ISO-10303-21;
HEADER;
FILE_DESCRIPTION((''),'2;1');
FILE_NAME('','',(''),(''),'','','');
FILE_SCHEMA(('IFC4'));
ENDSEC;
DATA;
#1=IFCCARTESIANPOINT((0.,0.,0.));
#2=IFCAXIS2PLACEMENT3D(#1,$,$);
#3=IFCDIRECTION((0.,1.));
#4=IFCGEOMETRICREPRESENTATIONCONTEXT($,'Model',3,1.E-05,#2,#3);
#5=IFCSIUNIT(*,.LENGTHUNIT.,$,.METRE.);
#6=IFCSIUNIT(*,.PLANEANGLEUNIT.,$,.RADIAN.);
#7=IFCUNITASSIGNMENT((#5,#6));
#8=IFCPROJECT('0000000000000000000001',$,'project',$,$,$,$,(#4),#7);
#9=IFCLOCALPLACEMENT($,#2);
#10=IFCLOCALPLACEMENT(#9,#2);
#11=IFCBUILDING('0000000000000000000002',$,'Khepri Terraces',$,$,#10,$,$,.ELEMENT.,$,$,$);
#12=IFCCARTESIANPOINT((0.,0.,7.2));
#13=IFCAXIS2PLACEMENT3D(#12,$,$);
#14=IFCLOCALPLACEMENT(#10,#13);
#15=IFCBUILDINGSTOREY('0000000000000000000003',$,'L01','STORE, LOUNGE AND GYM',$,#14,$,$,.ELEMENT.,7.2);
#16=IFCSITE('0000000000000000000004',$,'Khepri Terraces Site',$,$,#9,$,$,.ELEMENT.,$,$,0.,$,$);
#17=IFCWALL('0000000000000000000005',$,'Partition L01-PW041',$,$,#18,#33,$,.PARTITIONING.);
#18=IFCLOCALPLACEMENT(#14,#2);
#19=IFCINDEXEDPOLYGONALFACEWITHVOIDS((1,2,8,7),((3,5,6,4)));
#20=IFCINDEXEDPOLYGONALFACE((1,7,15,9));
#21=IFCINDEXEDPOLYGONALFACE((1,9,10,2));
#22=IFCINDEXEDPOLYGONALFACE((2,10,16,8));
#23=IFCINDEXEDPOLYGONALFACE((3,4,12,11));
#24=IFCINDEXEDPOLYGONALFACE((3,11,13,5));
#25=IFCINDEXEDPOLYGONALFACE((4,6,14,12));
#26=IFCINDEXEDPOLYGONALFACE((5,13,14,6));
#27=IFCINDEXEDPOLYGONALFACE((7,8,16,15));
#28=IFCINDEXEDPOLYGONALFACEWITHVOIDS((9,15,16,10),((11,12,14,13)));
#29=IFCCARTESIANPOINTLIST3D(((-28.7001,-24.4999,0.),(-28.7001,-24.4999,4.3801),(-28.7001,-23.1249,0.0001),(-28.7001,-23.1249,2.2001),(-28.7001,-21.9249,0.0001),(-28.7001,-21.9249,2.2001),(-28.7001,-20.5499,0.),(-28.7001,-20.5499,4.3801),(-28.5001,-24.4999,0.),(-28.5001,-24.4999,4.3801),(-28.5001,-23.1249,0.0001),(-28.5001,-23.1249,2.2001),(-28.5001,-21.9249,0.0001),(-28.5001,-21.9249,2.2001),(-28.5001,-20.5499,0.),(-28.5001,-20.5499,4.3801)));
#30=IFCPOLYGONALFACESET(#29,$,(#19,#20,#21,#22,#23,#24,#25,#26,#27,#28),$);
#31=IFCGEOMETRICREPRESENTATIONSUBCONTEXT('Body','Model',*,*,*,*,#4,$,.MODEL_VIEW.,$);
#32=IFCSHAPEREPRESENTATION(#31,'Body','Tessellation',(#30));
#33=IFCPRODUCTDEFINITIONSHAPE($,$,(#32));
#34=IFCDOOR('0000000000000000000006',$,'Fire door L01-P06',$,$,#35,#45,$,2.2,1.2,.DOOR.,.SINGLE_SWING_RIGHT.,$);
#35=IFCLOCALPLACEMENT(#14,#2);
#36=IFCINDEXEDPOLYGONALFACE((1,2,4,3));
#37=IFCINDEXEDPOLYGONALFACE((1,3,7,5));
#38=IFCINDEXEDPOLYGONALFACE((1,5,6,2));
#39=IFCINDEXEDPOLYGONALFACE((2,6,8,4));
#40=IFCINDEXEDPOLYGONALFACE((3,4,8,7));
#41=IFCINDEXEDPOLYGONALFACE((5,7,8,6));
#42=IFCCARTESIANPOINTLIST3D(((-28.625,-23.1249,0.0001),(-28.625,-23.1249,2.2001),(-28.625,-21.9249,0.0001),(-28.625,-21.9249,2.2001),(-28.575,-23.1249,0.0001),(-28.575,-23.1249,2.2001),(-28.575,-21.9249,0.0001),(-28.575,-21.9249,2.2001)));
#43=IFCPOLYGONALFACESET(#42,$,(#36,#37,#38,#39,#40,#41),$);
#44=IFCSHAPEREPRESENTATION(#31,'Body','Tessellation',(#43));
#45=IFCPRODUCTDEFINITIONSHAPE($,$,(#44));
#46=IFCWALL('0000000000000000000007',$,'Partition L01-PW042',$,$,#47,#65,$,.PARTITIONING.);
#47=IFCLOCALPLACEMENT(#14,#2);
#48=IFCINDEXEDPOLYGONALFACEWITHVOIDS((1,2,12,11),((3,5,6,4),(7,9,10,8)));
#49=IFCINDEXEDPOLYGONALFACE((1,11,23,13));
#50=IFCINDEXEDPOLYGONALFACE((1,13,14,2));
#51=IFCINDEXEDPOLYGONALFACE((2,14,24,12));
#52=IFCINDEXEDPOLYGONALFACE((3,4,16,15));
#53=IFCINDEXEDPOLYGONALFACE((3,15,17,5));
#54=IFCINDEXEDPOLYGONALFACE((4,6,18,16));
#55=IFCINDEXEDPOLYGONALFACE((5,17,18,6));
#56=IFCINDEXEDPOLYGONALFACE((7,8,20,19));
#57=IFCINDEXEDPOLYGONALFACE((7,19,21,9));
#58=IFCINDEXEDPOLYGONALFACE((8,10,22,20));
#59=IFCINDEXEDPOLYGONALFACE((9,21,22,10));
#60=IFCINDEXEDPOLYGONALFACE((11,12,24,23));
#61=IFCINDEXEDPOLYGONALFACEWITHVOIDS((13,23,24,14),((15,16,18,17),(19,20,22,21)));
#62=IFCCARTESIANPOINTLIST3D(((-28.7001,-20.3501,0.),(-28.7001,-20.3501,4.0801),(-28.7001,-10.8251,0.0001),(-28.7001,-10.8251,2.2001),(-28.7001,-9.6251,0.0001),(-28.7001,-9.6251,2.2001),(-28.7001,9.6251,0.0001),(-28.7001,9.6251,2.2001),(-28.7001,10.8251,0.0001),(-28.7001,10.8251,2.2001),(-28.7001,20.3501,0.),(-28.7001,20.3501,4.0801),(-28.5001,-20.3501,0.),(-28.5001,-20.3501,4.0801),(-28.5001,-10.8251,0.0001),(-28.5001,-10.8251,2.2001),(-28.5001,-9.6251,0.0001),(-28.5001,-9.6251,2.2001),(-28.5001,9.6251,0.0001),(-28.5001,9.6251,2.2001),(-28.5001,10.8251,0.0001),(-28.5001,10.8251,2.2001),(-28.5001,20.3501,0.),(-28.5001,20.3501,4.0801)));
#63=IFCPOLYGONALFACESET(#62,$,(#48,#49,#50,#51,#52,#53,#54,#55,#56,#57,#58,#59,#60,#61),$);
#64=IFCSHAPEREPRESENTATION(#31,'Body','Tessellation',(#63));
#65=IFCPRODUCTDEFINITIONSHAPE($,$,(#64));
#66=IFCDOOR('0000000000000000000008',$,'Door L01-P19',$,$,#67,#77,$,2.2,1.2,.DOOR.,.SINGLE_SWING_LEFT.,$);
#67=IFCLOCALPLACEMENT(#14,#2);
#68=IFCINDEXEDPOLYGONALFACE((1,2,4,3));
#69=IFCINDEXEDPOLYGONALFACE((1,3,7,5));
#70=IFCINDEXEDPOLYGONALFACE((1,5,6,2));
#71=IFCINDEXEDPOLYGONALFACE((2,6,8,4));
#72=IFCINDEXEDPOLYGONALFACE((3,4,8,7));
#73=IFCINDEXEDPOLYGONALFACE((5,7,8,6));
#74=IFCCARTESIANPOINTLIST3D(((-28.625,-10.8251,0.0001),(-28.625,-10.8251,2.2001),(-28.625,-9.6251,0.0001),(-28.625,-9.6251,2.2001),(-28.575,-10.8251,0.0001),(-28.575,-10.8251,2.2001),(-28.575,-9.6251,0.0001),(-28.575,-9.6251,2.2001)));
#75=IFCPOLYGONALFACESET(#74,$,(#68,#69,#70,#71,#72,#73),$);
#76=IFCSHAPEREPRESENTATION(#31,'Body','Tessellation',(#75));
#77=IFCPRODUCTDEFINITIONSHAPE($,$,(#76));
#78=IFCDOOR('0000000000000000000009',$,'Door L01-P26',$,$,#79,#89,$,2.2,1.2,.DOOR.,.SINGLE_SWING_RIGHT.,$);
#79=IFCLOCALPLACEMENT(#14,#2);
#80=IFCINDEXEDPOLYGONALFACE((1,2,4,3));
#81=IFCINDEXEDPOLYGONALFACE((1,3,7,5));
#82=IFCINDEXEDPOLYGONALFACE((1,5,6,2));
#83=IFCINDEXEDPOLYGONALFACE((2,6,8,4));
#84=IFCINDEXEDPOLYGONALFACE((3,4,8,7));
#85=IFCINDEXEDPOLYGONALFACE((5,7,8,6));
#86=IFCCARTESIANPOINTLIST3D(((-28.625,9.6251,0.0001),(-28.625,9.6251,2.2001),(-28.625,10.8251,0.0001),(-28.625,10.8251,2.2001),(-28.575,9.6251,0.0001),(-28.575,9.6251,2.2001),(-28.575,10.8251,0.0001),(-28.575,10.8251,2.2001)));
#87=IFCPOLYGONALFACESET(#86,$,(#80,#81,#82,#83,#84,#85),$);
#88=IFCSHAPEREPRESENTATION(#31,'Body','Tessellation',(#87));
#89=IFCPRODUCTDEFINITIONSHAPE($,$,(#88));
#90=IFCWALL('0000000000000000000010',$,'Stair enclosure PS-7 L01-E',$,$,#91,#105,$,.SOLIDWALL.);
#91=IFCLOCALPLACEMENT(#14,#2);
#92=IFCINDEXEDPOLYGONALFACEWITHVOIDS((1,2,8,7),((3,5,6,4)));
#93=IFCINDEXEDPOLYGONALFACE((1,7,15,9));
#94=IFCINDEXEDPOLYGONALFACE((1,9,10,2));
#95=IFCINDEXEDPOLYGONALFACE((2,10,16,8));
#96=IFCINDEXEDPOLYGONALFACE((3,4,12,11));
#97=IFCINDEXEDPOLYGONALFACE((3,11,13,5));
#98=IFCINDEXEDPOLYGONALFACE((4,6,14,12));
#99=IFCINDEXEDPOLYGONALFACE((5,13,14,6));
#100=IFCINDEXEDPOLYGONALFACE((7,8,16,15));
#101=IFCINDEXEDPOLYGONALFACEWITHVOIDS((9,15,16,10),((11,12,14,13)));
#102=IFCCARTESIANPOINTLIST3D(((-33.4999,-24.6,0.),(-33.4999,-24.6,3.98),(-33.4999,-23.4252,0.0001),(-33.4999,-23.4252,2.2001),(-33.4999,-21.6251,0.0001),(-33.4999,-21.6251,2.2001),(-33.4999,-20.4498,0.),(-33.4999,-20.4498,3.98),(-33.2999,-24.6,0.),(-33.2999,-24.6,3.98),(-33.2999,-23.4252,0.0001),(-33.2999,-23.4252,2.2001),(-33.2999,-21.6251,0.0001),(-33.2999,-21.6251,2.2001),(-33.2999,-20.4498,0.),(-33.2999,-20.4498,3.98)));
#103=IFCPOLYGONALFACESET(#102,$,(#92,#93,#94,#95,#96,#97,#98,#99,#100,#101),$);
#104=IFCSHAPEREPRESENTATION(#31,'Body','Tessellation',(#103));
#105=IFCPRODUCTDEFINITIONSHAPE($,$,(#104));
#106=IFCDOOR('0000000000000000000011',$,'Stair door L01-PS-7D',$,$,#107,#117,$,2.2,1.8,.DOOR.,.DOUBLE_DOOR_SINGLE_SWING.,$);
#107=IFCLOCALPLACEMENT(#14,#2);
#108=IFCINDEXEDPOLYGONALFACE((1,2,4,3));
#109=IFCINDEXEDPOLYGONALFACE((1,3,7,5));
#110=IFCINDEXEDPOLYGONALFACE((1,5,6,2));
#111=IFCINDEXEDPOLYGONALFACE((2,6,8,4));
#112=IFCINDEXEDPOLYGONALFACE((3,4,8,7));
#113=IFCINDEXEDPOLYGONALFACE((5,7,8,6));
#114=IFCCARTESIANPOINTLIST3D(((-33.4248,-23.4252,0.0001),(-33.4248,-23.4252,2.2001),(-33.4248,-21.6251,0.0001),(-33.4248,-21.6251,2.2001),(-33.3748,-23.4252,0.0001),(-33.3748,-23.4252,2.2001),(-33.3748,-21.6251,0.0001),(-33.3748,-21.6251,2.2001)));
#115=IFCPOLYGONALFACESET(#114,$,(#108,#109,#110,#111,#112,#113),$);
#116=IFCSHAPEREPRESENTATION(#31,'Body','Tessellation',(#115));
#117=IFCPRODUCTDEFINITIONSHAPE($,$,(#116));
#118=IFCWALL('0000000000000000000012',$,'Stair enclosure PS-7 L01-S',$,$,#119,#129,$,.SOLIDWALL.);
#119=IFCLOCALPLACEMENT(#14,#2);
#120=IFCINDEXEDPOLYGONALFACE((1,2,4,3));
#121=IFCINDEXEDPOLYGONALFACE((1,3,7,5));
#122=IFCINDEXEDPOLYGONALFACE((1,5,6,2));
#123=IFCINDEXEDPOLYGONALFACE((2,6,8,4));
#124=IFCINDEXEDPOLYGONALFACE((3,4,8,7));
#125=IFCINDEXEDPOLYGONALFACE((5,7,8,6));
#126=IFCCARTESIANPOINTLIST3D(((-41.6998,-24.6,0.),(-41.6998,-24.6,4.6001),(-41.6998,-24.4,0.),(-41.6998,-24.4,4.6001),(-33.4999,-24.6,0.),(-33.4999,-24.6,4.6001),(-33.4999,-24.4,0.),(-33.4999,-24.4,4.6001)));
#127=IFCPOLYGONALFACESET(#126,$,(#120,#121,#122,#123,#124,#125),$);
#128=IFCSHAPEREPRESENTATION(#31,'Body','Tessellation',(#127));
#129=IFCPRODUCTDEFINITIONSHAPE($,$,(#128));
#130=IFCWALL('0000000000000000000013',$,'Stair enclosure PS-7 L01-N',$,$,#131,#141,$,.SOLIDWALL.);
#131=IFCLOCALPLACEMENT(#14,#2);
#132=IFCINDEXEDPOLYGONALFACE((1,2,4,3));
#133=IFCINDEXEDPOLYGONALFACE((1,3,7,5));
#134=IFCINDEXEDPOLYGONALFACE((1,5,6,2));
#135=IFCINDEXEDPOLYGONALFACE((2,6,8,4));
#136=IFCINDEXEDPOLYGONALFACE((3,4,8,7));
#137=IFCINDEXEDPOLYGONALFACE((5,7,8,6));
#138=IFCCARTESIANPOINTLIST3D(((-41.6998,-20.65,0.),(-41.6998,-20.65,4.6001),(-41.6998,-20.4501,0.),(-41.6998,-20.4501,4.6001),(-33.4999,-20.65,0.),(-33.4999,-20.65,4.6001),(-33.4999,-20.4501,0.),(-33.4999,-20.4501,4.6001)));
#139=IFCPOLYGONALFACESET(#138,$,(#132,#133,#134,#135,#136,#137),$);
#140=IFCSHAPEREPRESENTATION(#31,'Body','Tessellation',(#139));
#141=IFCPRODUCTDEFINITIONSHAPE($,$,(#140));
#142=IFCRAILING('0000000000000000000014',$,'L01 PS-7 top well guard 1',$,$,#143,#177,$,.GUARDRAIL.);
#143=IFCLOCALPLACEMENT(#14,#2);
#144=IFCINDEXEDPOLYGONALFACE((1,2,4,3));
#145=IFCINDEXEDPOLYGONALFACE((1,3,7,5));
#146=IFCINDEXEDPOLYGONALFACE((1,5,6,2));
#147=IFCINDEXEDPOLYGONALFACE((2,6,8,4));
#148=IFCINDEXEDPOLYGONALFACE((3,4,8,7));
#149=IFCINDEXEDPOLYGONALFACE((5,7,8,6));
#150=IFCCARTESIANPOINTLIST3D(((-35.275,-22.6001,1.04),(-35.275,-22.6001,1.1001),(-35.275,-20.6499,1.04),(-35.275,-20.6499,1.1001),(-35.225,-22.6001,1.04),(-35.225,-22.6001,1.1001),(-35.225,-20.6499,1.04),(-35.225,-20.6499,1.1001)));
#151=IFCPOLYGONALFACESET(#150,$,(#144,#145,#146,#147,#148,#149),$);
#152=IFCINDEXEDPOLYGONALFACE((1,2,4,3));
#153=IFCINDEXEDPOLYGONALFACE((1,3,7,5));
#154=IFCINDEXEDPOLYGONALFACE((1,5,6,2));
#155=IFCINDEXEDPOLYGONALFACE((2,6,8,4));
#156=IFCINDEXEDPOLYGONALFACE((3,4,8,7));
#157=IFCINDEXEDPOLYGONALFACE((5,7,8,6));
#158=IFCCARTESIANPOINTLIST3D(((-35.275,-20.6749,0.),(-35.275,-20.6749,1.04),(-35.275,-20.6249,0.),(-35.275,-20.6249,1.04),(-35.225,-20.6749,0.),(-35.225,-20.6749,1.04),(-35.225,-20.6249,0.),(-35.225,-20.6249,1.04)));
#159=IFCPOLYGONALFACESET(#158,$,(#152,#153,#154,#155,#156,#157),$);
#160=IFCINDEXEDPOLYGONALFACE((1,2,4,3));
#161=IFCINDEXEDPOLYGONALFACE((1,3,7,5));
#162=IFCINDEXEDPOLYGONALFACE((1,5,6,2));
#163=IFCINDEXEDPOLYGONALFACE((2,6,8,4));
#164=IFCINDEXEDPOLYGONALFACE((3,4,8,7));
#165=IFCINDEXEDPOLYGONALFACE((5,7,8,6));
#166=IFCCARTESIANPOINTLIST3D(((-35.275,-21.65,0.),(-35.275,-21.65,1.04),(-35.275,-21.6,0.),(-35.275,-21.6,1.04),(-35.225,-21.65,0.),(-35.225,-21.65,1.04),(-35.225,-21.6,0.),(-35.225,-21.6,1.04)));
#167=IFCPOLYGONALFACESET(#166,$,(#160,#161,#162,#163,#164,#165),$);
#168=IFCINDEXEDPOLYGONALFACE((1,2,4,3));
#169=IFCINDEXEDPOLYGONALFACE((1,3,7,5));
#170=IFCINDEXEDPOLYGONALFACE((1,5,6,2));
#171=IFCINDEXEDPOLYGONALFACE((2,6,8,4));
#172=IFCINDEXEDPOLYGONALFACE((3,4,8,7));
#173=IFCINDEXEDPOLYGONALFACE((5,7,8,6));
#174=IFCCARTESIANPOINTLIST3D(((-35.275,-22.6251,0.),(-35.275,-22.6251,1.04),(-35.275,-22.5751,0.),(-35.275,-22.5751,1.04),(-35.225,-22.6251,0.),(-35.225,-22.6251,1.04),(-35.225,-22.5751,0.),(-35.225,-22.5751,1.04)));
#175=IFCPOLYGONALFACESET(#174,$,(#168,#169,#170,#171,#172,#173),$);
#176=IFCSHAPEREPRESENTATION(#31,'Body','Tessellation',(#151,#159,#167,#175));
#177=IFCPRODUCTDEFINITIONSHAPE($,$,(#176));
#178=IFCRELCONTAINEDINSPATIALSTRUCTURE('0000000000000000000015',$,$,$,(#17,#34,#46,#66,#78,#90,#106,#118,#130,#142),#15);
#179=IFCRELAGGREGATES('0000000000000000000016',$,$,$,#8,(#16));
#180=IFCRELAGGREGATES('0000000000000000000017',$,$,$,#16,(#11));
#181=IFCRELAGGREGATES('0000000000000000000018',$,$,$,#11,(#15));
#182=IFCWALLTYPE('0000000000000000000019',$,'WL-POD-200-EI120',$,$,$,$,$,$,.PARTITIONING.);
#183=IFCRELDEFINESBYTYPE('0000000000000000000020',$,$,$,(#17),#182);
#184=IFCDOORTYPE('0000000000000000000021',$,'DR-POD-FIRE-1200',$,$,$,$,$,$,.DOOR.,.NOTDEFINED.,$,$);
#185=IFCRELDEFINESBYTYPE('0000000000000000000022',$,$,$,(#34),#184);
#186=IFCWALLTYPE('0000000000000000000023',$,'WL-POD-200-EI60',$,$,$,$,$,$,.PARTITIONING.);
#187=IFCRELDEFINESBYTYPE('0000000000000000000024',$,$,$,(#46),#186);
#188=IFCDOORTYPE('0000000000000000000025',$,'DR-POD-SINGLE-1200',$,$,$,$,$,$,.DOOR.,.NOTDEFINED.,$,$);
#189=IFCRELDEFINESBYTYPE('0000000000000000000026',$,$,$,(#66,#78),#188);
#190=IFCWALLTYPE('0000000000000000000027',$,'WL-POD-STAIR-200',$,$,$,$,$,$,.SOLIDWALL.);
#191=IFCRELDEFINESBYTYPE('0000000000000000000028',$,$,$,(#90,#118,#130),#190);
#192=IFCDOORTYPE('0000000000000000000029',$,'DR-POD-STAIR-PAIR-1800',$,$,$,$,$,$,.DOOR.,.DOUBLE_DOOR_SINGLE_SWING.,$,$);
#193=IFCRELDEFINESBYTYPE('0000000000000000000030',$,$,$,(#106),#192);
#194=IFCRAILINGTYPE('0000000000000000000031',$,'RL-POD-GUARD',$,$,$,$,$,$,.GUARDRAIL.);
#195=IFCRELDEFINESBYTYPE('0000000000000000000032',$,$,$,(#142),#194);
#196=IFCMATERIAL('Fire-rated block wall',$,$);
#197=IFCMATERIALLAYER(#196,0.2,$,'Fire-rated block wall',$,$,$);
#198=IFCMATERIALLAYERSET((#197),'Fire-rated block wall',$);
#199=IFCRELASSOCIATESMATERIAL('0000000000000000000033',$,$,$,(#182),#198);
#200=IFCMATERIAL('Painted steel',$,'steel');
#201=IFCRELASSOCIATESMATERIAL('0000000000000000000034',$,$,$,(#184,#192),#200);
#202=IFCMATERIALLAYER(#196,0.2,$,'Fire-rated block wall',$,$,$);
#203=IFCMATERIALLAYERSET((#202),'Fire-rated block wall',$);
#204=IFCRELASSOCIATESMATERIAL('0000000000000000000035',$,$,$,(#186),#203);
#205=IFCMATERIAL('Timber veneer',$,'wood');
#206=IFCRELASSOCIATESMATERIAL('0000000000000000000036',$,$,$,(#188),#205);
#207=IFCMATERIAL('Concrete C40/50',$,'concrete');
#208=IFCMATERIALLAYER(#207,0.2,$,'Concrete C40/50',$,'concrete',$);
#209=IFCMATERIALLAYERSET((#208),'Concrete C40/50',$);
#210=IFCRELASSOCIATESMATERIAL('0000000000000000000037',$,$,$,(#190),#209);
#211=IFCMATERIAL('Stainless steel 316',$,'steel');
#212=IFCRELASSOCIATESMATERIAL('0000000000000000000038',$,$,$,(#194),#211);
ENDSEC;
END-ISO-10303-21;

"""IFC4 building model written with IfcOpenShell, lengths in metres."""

from ifc_helpers import new_model, si_unit, direction, frame, frame_2d, origin, origin_2d, place, context, subcontext, project, spatial, rectangle, extrude, material, layer, layer_set, type_object, element, fill, save


model = new_model("IFC4")

# Units and contexts
model_context = context("Model", 3, precision=1e-05, world=origin(), true_north=direction((0.0, 1.0)))
body_context = subcontext(model_context, "Body", "Model", "MODEL_VIEW")
ifc_project = project(units=[si_unit("LENGTHUNIT", "METRE"), si_unit("PLANEANGLEUNIT", "RADIAN")], contexts=[model_context])

# Site, building, storey
site_placement = place(None, origin())
site = spatial("IfcSite", under=ifc_project, at=site_placement, Name="Khepri Terraces Site", CompositionType="ELEMENT", RefElevation=0.0)
building_placement = place(site_placement, origin())
building = spatial("IfcBuilding", under=site, at=building_placement, Name="Khepri Terraces", CompositionType="ELEMENT")
storey_placement = place(building_placement, frame((0.0, 0.0, 7.2)))
storey = spatial("IfcBuildingStorey", under=building, at=storey_placement, Name="L01", Description="STORE, LOUNGE AND GYM", CompositionType="ELEMENT", Elevation=7.2)

# Shared definitions
ifc_material_1 = material(Name="Fire-rated block wall")
ifc_layer_1 = layer(ifc_material_1, 0.2, Name="Fire-rated block wall")
ifc_layer_set_1 = layer_set([ifc_layer_1], Name="Fire-rated block wall")
wall_type_1 = type_object("IfcWallType", Name="WL-POD-200-EI120", PredefinedType="PARTITIONING", material=ifc_layer_set_1)

# Wall, opening, door
wall_1_placement = place(storey_placement, frame((-28.6001, -24.5, 0.0), z_axis=(0.0, 0.0, 1.0), x_axis=(0.0, 1.0, 0.0)))
wall_1 = element("IfcWall", 1, at=wall_1_placement, inside=storey, type_object=wall_type_1, Name="Partition L01-PW041", PredefinedType="PARTITIONING", context=body_context, shape_type="SweptSolid", body=[
    extrude(rectangle(XDim=3.95, YDim=0.2, at=frame_2d((1.9751, 0.0))), origin(), (0.0, 0.0, 1.0), 4.3801),
])
opening_1_placement = place(wall_1_placement, frame((1.375, 0.0, 0.0)))
opening_1 = element("IfcOpeningElement", 2, at=opening_1_placement, cuts=wall_1, PredefinedType="OPENING", context=body_context, shape_type="SweptSolid", body=[
    extrude(rectangle(XDim=1.2, YDim=2.2, at=frame_2d((0.6001, 1.1001))), frame((0.0, 0.1099, 0.0), z_axis=(0.0, -1.0, 0.0), x_axis=(1.0, 0.0, 0.0)), (0.0, 0.0, 1.0), 0.22),
])
ifc_material_2 = material(Name="Painted steel", Category="steel")
door_type_1 = type_object("IfcDoorType", Name="DR-POD-FIRE-1200", OperationType="NOTDEFINED", PredefinedType="DOOR", material=ifc_material_2)
door_1_placement = place(opening_1_placement, origin())
door_1 = element("IfcDoor", 3, at=door_1_placement, inside=storey, type_object=door_type_1, Name="Fire door L01-P06", OperationType="SINGLE_SWING_RIGHT", OverallHeight=2.2, OverallWidth=1.2, PredefinedType="DOOR", context=body_context, shape_type="SweptSolid", body=[
    extrude(rectangle(XDim=1.2, YDim=2.2, at=frame_2d((0.6001, 1.1001))), frame((0.0, 0.0249, 0.0), z_axis=(0.0, -1.0, 0.0), x_axis=(1.0, 0.0, 0.0)), (0.0, 0.0, 1.0), 0.05),
])
fill(opening_1, door_1)

# Wall, openings, doors
ifc_layer_2 = layer(ifc_material_1, 0.2, Name="Fire-rated block wall")
ifc_layer_set_2 = layer_set([ifc_layer_2], Name="Fire-rated block wall")
wall_type_2 = type_object("IfcWallType", Name="WL-POD-200-EI60", PredefinedType="PARTITIONING", material=ifc_layer_set_2)
wall_2_placement = place(storey_placement, frame((-28.6001, -20.3501, 0.0), z_axis=(0.0, 0.0, 1.0), x_axis=(0.0, 1.0, 0.0)))
wall_2 = element("IfcWall", 4, at=wall_2_placement, inside=storey, type_object=wall_type_2, Name="Partition L01-PW042", PredefinedType="PARTITIONING", context=body_context, shape_type="SweptSolid", body=[
    extrude(rectangle(XDim=40.7002, YDim=0.2, at=frame_2d((20.3501, 0.0))), origin(), (0.0, 0.0, 1.0), 4.0801),
])
opening_2_placement = place(wall_2_placement, frame((9.5249, 0.0, 0.0)))
opening_2 = element("IfcOpeningElement", 5, at=opening_2_placement, cuts=wall_2, PredefinedType="OPENING", context=body_context, shape_type="SweptSolid", body=[
    extrude(rectangle(XDim=1.2, YDim=2.2, at=frame_2d((0.6001, 1.1001))), frame((0.0, 0.1099, 0.0), z_axis=(0.0, -1.0, 0.0), x_axis=(1.0, 0.0, 0.0)), (0.0, 0.0, 1.0), 0.22),
])
opening_3_placement = place(wall_2_placement, frame((29.9751, 0.0, 0.0)))
opening_3 = element("IfcOpeningElement", 6, at=opening_3_placement, cuts=wall_2, PredefinedType="OPENING", context=body_context, shape_type="SweptSolid", body=[
    extrude(rectangle(XDim=1.2, YDim=2.2, at=frame_2d((0.6001, 1.1001))), frame((0.0, 0.1099, 0.0), z_axis=(0.0, -1.0, 0.0), x_axis=(1.0, 0.0, 0.0)), (0.0, 0.0, 1.0), 0.22),
])
ifc_material_3 = material(Name="Timber veneer", Category="wood")
door_type_2 = type_object("IfcDoorType", Name="DR-POD-SINGLE-1200", OperationType="NOTDEFINED", PredefinedType="DOOR", material=ifc_material_3)
door_2_placement = place(opening_2_placement, origin())
door_2 = element("IfcDoor", 7, at=door_2_placement, inside=storey, type_object=door_type_2, Name="Door L01-P19", OperationType="SINGLE_SWING_LEFT", OverallHeight=2.2, OverallWidth=1.2, PredefinedType="DOOR", context=body_context, shape_type="SweptSolid", body=[
    extrude(rectangle(XDim=1.2, YDim=2.2, at=frame_2d((0.6001, 1.1001))), frame((0.0, 0.0249, 0.0), z_axis=(0.0, -1.0, 0.0), x_axis=(1.0, 0.0, 0.0)), (0.0, 0.0, 1.0), 0.05),
])
fill(opening_2, door_2)
door_3_placement = place(opening_3_placement, origin())
door_3 = element("IfcDoor", 8, at=door_3_placement, inside=storey, type_object=door_type_2, Name="Door L01-P26", OperationType="SINGLE_SWING_RIGHT", OverallHeight=2.2, OverallWidth=1.2, PredefinedType="DOOR", context=body_context, shape_type="SweptSolid", body=[
    extrude(rectangle(XDim=1.2, YDim=2.2, at=frame_2d((0.6001, 1.1001))), frame((0.0, 0.0249, 0.0), z_axis=(0.0, -1.0, 0.0), x_axis=(1.0, 0.0, 0.0)), (0.0, 0.0, 1.0), 0.05),
])
fill(opening_3, door_3)

# Wall, opening, door
ifc_material_4 = material(Name="Concrete C40/50", Category="concrete")
ifc_layer_3 = layer(ifc_material_4, 0.2, Name="Concrete C40/50", Category="concrete")
ifc_layer_set_3 = layer_set([ifc_layer_3], Name="Concrete C40/50")
wall_type_3 = type_object("IfcWallType", Name="WL-POD-STAIR-200", PredefinedType="SOLIDWALL", material=ifc_layer_set_3)
wall_3_placement = place(storey_placement, frame((-33.3999, -24.6001, 0.0), z_axis=(0.0, 0.0, 1.0), x_axis=(0.0, 1.0, 0.0)))
wall_3 = element("IfcWall", 9, at=wall_3_placement, inside=storey, type_object=wall_type_3, Name="Stair enclosure PS-7 L01-E", PredefinedType="SOLIDWALL", context=body_context, shape_type="SweptSolid", body=[
    extrude(rectangle(XDim=4.1501, YDim=0.2, at=frame_2d((2.0752, 0.0))), origin(), (0.0, 0.0, 1.0), 3.98),
])
opening_4_placement = place(wall_3_placement, frame((1.175, 0.0, 0.0)))
opening_4 = element("IfcOpeningElement", 10, at=opening_4_placement, cuts=wall_3, PredefinedType="OPENING", context=body_context, shape_type="SweptSolid", body=[
    extrude(rectangle(XDim=1.8, YDim=2.2, at=frame_2d((0.8999, 1.1001))), frame((0.0, 0.1099, 0.0), z_axis=(0.0, -1.0, 0.0), x_axis=(1.0, 0.0, 0.0)), (0.0, 0.0, 1.0), 0.22),
])
door_type_3 = type_object("IfcDoorType", Name="DR-POD-STAIR-PAIR-1800", OperationType="DOUBLE_DOOR_SINGLE_SWING", PredefinedType="DOOR", material=ifc_material_2)
door_4_placement = place(opening_4_placement, origin())
door_4 = element("IfcDoor", 11, at=door_4_placement, inside=storey, type_object=door_type_3, Name="Stair door L01-PS-7D", OperationType="DOUBLE_DOOR_SINGLE_SWING", OverallHeight=2.2, OverallWidth=1.8, PredefinedType="DOOR", context=body_context, shape_type="SweptSolid", body=[
    extrude(rectangle(XDim=1.8, YDim=2.2, at=frame_2d((0.8999, 1.1001))), frame((0.0, 0.0249, 0.0), z_axis=(0.0, -1.0, 0.0), x_axis=(1.0, 0.0, 0.0)), (0.0, 0.0, 1.0), 0.05),
])
fill(opening_4, door_4)

# Walls
for number, where, z_axis, x_axis, name in (
    (12, (-41.7, -24.5, 0.0), (0.0, 0.0, 1.0), (1.0, 0.0, 0.0), "Stair enclosure PS-7 L01-S"),
    (13, (-41.7, -20.55, 0.0), (0.0, 0.0, 1.0), (1.0, 0.0, 0.0), "Stair enclosure PS-7 L01-N"),
):
    element("IfcWall", number, at=place(storey_placement, frame(where, z_axis=z_axis, x_axis=x_axis)), inside=storey, type_object=wall_type_3, Name=name, PredefinedType="SOLIDWALL", context=body_context, shape_type="SweptSolid", body=[
        extrude(rectangle(XDim=8.2, YDim=0.2, at=frame_2d((4.1001, 0.0))), origin(), (0.0, 0.0, 1.0), 4.6001),
    ])

# Railing
ifc_material_5 = material(Name="Stainless steel 316", Category="steel")
railing_type = type_object("IfcRailingType", Name="RL-POD-GUARD", PredefinedType="GUARDRAIL", material=ifc_material_5)
railing_placement = place(storey_placement, frame((-35.25, -20.6499, 0.0)))
element("IfcRailing", 14, at=railing_placement, inside=storey, type_object=railing_type, Name="L01 PS-7 top well guard 1", PredefinedType="GUARDRAIL", context=body_context, shape_type="SweptSolid", body=[
    extrude(rectangle(XDim=0.05, YDim=0.0601, at=origin_2d()), frame((0.0, 0.0, 1.0701), z_axis=(0.0, -1.0, 0.0), x_axis=(1.0, 0.0, 0.0)), (0.0, 0.0, 1.0), 1.9502),
    extrude(rectangle(XDim=0.05, YDim=0.05, at=origin_2d()), origin(), (0.0, 0.0, 1.0), 1.04),
    extrude(rectangle(XDim=0.05, YDim=0.05, at=origin_2d()), frame((0.0, -0.9751, 0.0)), (0.0, 0.0, 1.0), 1.04),
    extrude(rectangle(XDim=0.05, YDim=0.05, at=origin_2d()), frame((0.0, -1.9502, 0.0)), (0.0, 0.0, 1.0), 1.04),
])

save(model, "model.ifc")
